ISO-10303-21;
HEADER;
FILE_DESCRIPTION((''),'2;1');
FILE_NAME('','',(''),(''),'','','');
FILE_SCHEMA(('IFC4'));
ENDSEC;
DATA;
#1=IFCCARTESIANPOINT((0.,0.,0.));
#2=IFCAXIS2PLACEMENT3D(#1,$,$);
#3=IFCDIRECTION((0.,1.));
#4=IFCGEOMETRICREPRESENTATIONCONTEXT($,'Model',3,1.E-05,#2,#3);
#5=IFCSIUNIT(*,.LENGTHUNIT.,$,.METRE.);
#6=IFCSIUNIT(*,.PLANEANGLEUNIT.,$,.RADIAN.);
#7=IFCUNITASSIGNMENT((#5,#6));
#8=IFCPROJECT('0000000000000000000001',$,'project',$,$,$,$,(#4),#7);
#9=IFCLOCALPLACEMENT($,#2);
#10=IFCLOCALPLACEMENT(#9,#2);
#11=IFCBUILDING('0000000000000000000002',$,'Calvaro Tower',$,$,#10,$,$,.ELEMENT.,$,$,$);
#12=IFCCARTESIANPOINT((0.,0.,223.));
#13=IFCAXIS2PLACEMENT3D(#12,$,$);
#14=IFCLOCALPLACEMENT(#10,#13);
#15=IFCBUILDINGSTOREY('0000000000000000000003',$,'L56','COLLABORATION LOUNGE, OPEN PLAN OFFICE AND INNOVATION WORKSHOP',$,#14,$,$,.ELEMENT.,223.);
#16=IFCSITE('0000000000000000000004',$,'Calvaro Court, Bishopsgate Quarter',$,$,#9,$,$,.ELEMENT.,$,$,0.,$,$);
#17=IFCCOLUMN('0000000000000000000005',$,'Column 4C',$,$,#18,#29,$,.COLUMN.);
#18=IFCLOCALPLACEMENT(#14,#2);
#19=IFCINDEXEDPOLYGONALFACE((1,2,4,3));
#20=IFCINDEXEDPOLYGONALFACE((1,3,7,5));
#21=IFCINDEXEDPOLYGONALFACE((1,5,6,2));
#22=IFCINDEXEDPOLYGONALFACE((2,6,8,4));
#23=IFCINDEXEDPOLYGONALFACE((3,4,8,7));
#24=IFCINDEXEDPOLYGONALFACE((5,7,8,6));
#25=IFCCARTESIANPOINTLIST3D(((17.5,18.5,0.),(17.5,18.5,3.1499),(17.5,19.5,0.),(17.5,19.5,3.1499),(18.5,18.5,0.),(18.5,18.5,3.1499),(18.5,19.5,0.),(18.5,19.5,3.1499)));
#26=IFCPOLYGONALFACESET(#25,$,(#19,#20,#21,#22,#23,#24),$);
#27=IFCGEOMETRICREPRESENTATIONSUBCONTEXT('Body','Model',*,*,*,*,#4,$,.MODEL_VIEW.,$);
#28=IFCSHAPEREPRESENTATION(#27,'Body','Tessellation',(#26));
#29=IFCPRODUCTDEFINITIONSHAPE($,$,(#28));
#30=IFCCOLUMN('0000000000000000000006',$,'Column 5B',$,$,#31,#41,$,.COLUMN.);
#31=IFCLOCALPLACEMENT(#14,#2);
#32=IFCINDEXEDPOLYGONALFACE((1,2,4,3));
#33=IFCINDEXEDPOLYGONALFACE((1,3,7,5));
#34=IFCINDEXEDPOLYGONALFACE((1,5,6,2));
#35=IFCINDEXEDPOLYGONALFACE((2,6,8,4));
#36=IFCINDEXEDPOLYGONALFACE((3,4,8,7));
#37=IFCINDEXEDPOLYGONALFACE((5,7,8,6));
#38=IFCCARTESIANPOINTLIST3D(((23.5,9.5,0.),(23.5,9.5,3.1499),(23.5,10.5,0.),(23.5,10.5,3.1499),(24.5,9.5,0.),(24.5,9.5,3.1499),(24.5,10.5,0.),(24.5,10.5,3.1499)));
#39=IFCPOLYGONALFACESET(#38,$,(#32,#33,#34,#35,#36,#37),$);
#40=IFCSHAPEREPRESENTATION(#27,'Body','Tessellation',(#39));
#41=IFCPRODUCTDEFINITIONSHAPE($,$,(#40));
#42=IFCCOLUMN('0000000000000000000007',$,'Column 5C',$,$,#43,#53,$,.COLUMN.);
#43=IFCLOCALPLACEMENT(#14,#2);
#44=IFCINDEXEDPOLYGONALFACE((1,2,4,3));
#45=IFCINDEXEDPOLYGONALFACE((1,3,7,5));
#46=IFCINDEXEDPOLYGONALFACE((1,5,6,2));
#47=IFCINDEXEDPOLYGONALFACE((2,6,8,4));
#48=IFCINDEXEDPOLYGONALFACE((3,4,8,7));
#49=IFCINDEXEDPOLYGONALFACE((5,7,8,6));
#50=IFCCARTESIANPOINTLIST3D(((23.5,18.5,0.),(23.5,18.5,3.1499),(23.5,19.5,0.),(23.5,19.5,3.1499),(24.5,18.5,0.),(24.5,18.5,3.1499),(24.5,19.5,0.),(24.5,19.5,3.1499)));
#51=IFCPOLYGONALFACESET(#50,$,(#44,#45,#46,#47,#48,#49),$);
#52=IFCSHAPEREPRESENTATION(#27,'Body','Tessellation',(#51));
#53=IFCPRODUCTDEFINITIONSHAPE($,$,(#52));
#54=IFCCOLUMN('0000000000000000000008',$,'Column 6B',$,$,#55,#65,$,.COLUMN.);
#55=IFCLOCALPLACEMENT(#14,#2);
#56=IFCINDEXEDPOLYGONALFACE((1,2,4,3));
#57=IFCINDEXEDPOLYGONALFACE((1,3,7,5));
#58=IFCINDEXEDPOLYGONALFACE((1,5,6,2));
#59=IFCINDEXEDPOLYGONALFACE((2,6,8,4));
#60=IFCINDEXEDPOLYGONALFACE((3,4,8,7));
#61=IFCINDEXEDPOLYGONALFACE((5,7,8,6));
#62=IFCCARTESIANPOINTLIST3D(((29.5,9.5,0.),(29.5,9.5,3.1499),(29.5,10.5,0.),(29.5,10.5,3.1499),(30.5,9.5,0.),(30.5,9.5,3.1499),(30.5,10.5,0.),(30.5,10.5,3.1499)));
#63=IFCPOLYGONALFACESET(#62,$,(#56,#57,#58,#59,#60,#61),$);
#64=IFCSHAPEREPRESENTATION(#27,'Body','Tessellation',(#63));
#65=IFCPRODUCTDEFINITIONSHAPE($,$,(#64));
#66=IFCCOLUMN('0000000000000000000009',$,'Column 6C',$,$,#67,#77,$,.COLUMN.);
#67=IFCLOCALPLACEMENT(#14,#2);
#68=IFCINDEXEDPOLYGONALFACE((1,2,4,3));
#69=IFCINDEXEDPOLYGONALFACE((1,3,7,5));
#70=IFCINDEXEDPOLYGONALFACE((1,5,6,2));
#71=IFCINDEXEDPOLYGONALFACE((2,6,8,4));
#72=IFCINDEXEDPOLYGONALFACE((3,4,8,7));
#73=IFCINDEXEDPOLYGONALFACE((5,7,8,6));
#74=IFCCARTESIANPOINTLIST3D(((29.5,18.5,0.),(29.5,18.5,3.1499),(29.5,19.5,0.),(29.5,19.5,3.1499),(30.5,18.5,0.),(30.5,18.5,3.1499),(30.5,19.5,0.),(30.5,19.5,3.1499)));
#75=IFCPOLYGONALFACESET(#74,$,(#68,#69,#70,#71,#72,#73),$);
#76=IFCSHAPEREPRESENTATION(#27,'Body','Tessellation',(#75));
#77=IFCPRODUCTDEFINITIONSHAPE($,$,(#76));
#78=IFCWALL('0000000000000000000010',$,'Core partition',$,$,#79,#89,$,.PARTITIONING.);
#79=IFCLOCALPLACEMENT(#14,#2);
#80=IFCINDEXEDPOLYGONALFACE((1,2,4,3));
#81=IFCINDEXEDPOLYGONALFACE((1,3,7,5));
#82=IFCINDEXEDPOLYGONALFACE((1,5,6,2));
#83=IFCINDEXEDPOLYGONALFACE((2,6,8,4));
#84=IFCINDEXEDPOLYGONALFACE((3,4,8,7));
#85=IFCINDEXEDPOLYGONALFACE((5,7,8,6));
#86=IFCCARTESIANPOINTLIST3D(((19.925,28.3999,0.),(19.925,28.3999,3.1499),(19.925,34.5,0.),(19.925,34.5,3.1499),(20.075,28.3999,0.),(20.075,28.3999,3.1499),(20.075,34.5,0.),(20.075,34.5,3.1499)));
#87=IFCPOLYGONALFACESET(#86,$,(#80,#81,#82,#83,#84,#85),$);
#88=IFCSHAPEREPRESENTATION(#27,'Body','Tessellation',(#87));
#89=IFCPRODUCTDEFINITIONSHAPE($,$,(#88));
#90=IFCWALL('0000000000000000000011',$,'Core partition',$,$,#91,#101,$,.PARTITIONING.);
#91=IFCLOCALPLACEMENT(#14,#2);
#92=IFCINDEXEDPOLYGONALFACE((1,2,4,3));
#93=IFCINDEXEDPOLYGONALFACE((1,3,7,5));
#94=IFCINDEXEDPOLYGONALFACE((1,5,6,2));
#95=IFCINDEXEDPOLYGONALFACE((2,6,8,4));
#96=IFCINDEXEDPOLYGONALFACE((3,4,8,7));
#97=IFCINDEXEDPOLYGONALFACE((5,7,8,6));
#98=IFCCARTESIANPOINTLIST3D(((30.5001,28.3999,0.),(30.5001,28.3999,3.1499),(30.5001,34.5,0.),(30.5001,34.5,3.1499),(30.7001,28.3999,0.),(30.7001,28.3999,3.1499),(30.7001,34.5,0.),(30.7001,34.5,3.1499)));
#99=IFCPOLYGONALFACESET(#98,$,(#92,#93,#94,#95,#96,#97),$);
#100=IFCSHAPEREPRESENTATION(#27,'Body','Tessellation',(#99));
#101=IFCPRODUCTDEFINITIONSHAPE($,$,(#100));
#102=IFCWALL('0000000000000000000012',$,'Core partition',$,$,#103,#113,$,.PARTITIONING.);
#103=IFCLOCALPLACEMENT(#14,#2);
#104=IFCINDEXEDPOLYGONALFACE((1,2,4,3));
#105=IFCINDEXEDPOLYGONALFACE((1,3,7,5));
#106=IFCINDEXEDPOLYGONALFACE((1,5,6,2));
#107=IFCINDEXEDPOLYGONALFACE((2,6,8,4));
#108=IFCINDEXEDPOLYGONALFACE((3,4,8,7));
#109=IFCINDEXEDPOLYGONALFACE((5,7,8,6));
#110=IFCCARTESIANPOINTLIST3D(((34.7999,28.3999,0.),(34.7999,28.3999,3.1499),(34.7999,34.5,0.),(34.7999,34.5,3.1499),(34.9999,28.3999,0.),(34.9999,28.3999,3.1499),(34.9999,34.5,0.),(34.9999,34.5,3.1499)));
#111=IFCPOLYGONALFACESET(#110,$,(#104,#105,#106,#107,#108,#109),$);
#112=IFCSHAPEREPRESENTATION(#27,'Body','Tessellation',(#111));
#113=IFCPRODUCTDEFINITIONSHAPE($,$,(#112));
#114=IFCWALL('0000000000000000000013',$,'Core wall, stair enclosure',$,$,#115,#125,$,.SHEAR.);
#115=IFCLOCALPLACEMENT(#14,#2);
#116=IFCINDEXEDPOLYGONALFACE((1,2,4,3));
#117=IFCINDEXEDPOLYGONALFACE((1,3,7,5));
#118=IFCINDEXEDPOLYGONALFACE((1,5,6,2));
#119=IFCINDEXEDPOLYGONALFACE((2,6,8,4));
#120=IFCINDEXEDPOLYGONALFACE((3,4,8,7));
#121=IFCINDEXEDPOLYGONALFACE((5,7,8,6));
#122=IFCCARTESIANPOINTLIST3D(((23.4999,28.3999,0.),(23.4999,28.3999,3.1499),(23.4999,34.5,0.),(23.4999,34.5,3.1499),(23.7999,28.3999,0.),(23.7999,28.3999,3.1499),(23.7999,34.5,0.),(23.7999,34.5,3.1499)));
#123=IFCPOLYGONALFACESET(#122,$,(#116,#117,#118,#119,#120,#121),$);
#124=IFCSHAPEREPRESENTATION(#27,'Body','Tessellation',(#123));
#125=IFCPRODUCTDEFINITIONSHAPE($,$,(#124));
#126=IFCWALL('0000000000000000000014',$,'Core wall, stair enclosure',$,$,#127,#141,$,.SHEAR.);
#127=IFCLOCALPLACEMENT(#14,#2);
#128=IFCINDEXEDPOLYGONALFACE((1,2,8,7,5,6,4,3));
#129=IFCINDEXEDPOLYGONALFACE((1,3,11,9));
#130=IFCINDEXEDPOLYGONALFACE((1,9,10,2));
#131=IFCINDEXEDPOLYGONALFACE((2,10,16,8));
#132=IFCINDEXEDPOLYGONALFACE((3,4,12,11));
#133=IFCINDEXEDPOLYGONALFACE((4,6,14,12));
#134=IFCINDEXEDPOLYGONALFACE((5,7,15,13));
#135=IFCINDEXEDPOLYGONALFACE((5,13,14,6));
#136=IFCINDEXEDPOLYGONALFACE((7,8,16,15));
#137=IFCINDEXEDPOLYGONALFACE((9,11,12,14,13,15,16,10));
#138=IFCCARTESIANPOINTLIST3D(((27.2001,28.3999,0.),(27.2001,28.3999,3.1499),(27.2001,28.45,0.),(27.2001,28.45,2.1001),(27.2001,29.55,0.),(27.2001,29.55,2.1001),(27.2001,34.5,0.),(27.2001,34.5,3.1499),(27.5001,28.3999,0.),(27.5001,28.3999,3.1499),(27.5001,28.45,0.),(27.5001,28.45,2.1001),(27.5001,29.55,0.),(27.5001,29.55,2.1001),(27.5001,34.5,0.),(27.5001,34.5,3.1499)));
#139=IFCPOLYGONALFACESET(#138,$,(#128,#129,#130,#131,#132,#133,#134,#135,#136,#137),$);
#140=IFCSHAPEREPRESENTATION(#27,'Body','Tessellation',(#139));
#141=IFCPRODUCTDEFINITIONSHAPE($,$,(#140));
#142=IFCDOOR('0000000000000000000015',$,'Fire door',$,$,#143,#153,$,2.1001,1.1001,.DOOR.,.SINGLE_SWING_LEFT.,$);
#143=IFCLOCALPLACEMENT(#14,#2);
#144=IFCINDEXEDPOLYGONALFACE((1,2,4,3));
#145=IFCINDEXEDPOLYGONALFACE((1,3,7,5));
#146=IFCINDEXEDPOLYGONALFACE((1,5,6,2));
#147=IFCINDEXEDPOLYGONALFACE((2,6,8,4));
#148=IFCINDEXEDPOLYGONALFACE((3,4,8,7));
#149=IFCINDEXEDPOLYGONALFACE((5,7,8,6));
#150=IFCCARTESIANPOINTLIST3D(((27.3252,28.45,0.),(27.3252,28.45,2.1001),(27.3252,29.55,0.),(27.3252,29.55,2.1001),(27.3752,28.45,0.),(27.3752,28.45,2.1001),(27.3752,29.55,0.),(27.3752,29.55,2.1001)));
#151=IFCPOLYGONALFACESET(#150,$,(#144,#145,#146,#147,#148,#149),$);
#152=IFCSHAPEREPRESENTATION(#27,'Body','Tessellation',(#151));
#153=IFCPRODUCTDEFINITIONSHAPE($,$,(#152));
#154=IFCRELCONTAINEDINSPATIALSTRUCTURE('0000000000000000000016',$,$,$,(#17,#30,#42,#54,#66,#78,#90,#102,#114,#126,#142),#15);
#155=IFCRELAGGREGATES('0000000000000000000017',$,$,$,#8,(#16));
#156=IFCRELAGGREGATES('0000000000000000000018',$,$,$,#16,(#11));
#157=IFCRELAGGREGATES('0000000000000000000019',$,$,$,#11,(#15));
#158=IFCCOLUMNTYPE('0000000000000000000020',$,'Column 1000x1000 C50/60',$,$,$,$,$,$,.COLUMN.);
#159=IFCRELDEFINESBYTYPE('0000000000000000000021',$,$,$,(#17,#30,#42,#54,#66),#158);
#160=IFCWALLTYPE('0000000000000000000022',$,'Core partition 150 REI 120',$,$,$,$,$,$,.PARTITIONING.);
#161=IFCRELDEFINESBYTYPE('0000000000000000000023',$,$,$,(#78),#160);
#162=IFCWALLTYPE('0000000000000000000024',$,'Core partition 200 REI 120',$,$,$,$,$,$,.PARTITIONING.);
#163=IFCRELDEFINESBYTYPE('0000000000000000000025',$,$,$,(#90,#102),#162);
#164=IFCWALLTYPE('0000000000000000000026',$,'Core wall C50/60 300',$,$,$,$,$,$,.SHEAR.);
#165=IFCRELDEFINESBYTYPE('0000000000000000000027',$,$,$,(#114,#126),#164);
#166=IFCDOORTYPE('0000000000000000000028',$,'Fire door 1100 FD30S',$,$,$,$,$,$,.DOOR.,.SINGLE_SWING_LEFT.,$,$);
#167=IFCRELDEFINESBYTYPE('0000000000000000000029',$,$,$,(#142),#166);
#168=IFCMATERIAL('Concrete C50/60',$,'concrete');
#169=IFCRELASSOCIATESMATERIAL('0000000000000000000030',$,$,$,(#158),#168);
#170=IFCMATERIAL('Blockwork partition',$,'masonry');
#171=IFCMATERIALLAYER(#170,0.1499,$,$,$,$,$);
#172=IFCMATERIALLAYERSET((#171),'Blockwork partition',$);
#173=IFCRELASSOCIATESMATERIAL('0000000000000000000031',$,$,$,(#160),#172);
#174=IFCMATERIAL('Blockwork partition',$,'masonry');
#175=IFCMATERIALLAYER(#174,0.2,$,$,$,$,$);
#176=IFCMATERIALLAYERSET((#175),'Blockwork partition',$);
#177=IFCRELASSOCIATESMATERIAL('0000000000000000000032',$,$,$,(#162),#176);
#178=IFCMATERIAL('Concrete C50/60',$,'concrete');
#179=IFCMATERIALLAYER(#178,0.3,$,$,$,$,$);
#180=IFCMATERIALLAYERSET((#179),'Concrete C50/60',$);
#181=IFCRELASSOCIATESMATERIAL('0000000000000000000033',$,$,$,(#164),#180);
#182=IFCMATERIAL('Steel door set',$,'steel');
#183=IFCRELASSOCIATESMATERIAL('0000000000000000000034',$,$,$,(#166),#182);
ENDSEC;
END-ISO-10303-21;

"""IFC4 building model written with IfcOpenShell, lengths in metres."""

from ifc_helpers import new_model, si_unit, direction, frame, frame_2d, origin, origin_2d, place, context, subcontext, project, spatial, rectangle, extrude, material, layer, layer_set, material_profile, profile_set, type_object, element, fill, save


model = new_model("IFC4")

# Units and contexts
model_context = context("Model", 3, precision=1e-05, world=origin(), true_north=direction((0.0, 1.0)))
body_context = subcontext(model_context, "Body", "Model", "MODEL_VIEW")
ifc_project = project(units=[si_unit("LENGTHUNIT", "METRE"), si_unit("PLANEANGLEUNIT", "RADIAN")], contexts=[model_context])

# Site, building, storey
site_placement = place(None, origin())
site = spatial("IfcSite", under=ifc_project, at=site_placement, Name="Calvaro Court, Bishopsgate Quarter", CompositionType="ELEMENT", RefElevation=0.0)
building_placement = place(site_placement, origin())
building = spatial("IfcBuilding", under=site, at=building_placement, Name="Calvaro Tower", CompositionType="ELEMENT")
storey_placement = place(building_placement, frame((0.0, 0.0, 223.0)))
storey = spatial("IfcBuildingStorey", under=building, at=storey_placement, Name="L56", Description="COLLABORATION LOUNGE, OPEN PLAN OFFICE AND INNOVATION WORKSHOP", CompositionType="ELEMENT", Elevation=223.0)

# Columns
ifc_material_1 = material(Name="Concrete C50/60", Category="concrete")
ifc_material_profile = material_profile(ifc_material_1, rectangle(XDim=1.0, YDim=1.0, at=origin_2d()), Name="RC 1000x1000")
ifc_profile_set = profile_set([ifc_material_profile], Name="Concrete C50/60")
column_type = type_object("IfcColumnType", Name="Column 1000x1000 C50/60", PredefinedType="COLUMN", material=ifc_profile_set)
for number, where, z_axis, x_axis, name in (
    (1, (18.0, 19.0, 0.0), (0.0, 0.0, 1.0), (1.0, 0.0, 0.0), "Column 4C"),
    (2, (24.0, 10.0, 0.0), (0.0, 0.0, 1.0), (1.0, 0.0, 0.0), "Column 5B"),
    (3, (24.0, 19.0, 0.0), (0.0, 0.0, 1.0), (1.0, 0.0, 0.0), "Column 5C"),
    (4, (30.0, 10.0, 0.0), (0.0, 0.0, 1.0), (1.0, 0.0, 0.0), "Column 6B"),
    (5, (30.0, 19.0, 0.0), (0.0, 0.0, 1.0), (1.0, 0.0, 0.0), "Column 6C"),
):
    element("IfcColumn", number, at=place(storey_placement, frame(where, z_axis=z_axis, x_axis=x_axis)), inside=storey, type_object=column_type, Name=name, PredefinedType="COLUMN", context=body_context, shape_type="SweptSolid", body=[
        extrude(rectangle(XDim=1.0, YDim=1.0, at=origin_2d()), origin(), (0.0, 0.0, 1.0), 3.1499),
    ])

# Walls
ifc_material_2 = material(Name="Blockwork partition", Category="masonry")
ifc_layer_1 = layer(ifc_material_2, 0.1499)
ifc_layer_set_1 = layer_set([ifc_layer_1], Name="Blockwork partition")
wall_type_1 = type_object("IfcWallType", Name="Core partition 150 REI 120", PredefinedType="PARTITIONING", material=ifc_layer_set_1)
wall_1_placement = place(storey_placement, frame((20.0, 28.3999, 0.0), z_axis=(0.0, 0.0, 1.0), x_axis=(0.0, 1.0, 0.0)))
element("IfcWall", 6, at=wall_1_placement, inside=storey, type_object=wall_type_1, Name="Core partition", PredefinedType="PARTITIONING", context=body_context, shape_type="SweptSolid", body=[
    extrude(rectangle(XDim=6.1001, YDim=0.1499, at=frame_2d((3.05, 0.0))), origin(), (0.0, 0.0, 1.0), 3.1499),
])
ifc_material_3 = material(Name="Blockwork partition", Category="masonry")
ifc_layer_2 = layer(ifc_material_3, 0.2)
ifc_layer_set_2 = layer_set([ifc_layer_2], Name="Blockwork partition")
wall_type_2 = type_object("IfcWallType", Name="Core partition 200 REI 120", PredefinedType="PARTITIONING", material=ifc_layer_set_2)
for number, where, z_axis, x_axis, name in (
    (7, (30.6001, 28.3999, 0.0), (0.0, 0.0, 1.0), (0.0, 1.0, 0.0), "Core partition"),
    (8, (34.8999, 28.3999, 0.0), (0.0, 0.0, 1.0), (0.0, 1.0, 0.0), "Core partition"),
):
    element("IfcWall", number, at=place(storey_placement, frame(where, z_axis=z_axis, x_axis=x_axis)), inside=storey, type_object=wall_type_2, Name=name, PredefinedType="PARTITIONING", context=body_context, shape_type="SweptSolid", body=[
        extrude(rectangle(XDim=6.1001, YDim=0.2, at=frame_2d((3.05, 0.0))), origin(), (0.0, 0.0, 1.0), 3.1499),
    ])
ifc_material_4 = material(Name="Concrete C50/60", Category="concrete")
ifc_layer_3 = layer(ifc_material_4, 0.3)
ifc_layer_set_3 = layer_set([ifc_layer_3], Name="Concrete C50/60")
wall_type_3 = type_object("IfcWallType", Name="Core wall C50/60 300", PredefinedType="SHEAR", material=ifc_layer_set_3)
wall_2_placement = place(storey_placement, frame((23.6499, 28.3999, 0.0), z_axis=(0.0, 0.0, 1.0), x_axis=(0.0, 1.0, 0.0)))
element("IfcWall", 9, at=wall_2_placement, inside=storey, type_object=wall_type_3, Name="Core wall, stair enclosure", PredefinedType="SHEAR", context=body_context, shape_type="SweptSolid", body=[
    extrude(rectangle(XDim=6.1001, YDim=0.3, at=frame_2d((3.05, 0.0))), origin(), (0.0, 0.0, 1.0), 3.1499),
])

# Wall, opening, door
wall_3_placement = place(storey_placement, frame((27.3501, 28.3999, 0.0), z_axis=(0.0, 0.0, 1.0), x_axis=(0.0, 1.0, 0.0)))
wall_3 = element("IfcWall", 10, at=wall_3_placement, inside=storey, type_object=wall_type_3, Name="Core wall, stair enclosure", PredefinedType="SHEAR", context=body_context, shape_type="SweptSolid", body=[
    extrude(rectangle(XDim=6.1001, YDim=0.3, at=frame_2d((3.05, 0.0))), origin(), (0.0, 0.0, 1.0), 3.1499),
])
opening_1_placement = place(wall_3_placement, frame((0.05, 0.0, 0.0)))
opening_1 = element("IfcOpeningElement", 11, at=opening_1_placement, cuts=wall_3, PredefinedType="OPENING", context=body_context, shape_type="SweptSolid", body=[
    extrude(rectangle(XDim=1.1001, YDim=2.1001, at=frame_2d((0.55, 1.05))), frame((0.0, 0.1599, 0.0), z_axis=(0.0, -1.0, 0.0), x_axis=(1.0, 0.0, 0.0)), (0.0, 0.0, 1.0), 0.3201),
])
ifc_material_5 = material(Name="Steel door set", Category="steel")
door_type_1 = type_object("IfcDoorType", Name="Fire door 1100 FD30S", OperationType="SINGLE_SWING_LEFT", PredefinedType="DOOR", material=ifc_material_5)
door_1_placement = place(opening_1_placement, origin())
door_1 = element("IfcDoor", 12, at=door_1_placement, inside=storey, type_object=door_type_1, Name="Fire door", OperationType="SINGLE_SWING_LEFT", OverallHeight=2.1001, OverallWidth=1.1001, PredefinedType="DOOR", context=body_context, shape_type="SweptSolid", body=[
    extrude(rectangle(XDim=1.1001, YDim=2.1001, at=frame_2d((0.55, 1.05))), frame((0.0, 0.0249, 0.0), z_axis=(0.0, -1.0, 0.0), x_axis=(1.0, 0.0, 0.0)), (0.0, 0.0, 1.0), 0.05),
])
fill(opening_1, door_1)

save(model, "model.ifc")
